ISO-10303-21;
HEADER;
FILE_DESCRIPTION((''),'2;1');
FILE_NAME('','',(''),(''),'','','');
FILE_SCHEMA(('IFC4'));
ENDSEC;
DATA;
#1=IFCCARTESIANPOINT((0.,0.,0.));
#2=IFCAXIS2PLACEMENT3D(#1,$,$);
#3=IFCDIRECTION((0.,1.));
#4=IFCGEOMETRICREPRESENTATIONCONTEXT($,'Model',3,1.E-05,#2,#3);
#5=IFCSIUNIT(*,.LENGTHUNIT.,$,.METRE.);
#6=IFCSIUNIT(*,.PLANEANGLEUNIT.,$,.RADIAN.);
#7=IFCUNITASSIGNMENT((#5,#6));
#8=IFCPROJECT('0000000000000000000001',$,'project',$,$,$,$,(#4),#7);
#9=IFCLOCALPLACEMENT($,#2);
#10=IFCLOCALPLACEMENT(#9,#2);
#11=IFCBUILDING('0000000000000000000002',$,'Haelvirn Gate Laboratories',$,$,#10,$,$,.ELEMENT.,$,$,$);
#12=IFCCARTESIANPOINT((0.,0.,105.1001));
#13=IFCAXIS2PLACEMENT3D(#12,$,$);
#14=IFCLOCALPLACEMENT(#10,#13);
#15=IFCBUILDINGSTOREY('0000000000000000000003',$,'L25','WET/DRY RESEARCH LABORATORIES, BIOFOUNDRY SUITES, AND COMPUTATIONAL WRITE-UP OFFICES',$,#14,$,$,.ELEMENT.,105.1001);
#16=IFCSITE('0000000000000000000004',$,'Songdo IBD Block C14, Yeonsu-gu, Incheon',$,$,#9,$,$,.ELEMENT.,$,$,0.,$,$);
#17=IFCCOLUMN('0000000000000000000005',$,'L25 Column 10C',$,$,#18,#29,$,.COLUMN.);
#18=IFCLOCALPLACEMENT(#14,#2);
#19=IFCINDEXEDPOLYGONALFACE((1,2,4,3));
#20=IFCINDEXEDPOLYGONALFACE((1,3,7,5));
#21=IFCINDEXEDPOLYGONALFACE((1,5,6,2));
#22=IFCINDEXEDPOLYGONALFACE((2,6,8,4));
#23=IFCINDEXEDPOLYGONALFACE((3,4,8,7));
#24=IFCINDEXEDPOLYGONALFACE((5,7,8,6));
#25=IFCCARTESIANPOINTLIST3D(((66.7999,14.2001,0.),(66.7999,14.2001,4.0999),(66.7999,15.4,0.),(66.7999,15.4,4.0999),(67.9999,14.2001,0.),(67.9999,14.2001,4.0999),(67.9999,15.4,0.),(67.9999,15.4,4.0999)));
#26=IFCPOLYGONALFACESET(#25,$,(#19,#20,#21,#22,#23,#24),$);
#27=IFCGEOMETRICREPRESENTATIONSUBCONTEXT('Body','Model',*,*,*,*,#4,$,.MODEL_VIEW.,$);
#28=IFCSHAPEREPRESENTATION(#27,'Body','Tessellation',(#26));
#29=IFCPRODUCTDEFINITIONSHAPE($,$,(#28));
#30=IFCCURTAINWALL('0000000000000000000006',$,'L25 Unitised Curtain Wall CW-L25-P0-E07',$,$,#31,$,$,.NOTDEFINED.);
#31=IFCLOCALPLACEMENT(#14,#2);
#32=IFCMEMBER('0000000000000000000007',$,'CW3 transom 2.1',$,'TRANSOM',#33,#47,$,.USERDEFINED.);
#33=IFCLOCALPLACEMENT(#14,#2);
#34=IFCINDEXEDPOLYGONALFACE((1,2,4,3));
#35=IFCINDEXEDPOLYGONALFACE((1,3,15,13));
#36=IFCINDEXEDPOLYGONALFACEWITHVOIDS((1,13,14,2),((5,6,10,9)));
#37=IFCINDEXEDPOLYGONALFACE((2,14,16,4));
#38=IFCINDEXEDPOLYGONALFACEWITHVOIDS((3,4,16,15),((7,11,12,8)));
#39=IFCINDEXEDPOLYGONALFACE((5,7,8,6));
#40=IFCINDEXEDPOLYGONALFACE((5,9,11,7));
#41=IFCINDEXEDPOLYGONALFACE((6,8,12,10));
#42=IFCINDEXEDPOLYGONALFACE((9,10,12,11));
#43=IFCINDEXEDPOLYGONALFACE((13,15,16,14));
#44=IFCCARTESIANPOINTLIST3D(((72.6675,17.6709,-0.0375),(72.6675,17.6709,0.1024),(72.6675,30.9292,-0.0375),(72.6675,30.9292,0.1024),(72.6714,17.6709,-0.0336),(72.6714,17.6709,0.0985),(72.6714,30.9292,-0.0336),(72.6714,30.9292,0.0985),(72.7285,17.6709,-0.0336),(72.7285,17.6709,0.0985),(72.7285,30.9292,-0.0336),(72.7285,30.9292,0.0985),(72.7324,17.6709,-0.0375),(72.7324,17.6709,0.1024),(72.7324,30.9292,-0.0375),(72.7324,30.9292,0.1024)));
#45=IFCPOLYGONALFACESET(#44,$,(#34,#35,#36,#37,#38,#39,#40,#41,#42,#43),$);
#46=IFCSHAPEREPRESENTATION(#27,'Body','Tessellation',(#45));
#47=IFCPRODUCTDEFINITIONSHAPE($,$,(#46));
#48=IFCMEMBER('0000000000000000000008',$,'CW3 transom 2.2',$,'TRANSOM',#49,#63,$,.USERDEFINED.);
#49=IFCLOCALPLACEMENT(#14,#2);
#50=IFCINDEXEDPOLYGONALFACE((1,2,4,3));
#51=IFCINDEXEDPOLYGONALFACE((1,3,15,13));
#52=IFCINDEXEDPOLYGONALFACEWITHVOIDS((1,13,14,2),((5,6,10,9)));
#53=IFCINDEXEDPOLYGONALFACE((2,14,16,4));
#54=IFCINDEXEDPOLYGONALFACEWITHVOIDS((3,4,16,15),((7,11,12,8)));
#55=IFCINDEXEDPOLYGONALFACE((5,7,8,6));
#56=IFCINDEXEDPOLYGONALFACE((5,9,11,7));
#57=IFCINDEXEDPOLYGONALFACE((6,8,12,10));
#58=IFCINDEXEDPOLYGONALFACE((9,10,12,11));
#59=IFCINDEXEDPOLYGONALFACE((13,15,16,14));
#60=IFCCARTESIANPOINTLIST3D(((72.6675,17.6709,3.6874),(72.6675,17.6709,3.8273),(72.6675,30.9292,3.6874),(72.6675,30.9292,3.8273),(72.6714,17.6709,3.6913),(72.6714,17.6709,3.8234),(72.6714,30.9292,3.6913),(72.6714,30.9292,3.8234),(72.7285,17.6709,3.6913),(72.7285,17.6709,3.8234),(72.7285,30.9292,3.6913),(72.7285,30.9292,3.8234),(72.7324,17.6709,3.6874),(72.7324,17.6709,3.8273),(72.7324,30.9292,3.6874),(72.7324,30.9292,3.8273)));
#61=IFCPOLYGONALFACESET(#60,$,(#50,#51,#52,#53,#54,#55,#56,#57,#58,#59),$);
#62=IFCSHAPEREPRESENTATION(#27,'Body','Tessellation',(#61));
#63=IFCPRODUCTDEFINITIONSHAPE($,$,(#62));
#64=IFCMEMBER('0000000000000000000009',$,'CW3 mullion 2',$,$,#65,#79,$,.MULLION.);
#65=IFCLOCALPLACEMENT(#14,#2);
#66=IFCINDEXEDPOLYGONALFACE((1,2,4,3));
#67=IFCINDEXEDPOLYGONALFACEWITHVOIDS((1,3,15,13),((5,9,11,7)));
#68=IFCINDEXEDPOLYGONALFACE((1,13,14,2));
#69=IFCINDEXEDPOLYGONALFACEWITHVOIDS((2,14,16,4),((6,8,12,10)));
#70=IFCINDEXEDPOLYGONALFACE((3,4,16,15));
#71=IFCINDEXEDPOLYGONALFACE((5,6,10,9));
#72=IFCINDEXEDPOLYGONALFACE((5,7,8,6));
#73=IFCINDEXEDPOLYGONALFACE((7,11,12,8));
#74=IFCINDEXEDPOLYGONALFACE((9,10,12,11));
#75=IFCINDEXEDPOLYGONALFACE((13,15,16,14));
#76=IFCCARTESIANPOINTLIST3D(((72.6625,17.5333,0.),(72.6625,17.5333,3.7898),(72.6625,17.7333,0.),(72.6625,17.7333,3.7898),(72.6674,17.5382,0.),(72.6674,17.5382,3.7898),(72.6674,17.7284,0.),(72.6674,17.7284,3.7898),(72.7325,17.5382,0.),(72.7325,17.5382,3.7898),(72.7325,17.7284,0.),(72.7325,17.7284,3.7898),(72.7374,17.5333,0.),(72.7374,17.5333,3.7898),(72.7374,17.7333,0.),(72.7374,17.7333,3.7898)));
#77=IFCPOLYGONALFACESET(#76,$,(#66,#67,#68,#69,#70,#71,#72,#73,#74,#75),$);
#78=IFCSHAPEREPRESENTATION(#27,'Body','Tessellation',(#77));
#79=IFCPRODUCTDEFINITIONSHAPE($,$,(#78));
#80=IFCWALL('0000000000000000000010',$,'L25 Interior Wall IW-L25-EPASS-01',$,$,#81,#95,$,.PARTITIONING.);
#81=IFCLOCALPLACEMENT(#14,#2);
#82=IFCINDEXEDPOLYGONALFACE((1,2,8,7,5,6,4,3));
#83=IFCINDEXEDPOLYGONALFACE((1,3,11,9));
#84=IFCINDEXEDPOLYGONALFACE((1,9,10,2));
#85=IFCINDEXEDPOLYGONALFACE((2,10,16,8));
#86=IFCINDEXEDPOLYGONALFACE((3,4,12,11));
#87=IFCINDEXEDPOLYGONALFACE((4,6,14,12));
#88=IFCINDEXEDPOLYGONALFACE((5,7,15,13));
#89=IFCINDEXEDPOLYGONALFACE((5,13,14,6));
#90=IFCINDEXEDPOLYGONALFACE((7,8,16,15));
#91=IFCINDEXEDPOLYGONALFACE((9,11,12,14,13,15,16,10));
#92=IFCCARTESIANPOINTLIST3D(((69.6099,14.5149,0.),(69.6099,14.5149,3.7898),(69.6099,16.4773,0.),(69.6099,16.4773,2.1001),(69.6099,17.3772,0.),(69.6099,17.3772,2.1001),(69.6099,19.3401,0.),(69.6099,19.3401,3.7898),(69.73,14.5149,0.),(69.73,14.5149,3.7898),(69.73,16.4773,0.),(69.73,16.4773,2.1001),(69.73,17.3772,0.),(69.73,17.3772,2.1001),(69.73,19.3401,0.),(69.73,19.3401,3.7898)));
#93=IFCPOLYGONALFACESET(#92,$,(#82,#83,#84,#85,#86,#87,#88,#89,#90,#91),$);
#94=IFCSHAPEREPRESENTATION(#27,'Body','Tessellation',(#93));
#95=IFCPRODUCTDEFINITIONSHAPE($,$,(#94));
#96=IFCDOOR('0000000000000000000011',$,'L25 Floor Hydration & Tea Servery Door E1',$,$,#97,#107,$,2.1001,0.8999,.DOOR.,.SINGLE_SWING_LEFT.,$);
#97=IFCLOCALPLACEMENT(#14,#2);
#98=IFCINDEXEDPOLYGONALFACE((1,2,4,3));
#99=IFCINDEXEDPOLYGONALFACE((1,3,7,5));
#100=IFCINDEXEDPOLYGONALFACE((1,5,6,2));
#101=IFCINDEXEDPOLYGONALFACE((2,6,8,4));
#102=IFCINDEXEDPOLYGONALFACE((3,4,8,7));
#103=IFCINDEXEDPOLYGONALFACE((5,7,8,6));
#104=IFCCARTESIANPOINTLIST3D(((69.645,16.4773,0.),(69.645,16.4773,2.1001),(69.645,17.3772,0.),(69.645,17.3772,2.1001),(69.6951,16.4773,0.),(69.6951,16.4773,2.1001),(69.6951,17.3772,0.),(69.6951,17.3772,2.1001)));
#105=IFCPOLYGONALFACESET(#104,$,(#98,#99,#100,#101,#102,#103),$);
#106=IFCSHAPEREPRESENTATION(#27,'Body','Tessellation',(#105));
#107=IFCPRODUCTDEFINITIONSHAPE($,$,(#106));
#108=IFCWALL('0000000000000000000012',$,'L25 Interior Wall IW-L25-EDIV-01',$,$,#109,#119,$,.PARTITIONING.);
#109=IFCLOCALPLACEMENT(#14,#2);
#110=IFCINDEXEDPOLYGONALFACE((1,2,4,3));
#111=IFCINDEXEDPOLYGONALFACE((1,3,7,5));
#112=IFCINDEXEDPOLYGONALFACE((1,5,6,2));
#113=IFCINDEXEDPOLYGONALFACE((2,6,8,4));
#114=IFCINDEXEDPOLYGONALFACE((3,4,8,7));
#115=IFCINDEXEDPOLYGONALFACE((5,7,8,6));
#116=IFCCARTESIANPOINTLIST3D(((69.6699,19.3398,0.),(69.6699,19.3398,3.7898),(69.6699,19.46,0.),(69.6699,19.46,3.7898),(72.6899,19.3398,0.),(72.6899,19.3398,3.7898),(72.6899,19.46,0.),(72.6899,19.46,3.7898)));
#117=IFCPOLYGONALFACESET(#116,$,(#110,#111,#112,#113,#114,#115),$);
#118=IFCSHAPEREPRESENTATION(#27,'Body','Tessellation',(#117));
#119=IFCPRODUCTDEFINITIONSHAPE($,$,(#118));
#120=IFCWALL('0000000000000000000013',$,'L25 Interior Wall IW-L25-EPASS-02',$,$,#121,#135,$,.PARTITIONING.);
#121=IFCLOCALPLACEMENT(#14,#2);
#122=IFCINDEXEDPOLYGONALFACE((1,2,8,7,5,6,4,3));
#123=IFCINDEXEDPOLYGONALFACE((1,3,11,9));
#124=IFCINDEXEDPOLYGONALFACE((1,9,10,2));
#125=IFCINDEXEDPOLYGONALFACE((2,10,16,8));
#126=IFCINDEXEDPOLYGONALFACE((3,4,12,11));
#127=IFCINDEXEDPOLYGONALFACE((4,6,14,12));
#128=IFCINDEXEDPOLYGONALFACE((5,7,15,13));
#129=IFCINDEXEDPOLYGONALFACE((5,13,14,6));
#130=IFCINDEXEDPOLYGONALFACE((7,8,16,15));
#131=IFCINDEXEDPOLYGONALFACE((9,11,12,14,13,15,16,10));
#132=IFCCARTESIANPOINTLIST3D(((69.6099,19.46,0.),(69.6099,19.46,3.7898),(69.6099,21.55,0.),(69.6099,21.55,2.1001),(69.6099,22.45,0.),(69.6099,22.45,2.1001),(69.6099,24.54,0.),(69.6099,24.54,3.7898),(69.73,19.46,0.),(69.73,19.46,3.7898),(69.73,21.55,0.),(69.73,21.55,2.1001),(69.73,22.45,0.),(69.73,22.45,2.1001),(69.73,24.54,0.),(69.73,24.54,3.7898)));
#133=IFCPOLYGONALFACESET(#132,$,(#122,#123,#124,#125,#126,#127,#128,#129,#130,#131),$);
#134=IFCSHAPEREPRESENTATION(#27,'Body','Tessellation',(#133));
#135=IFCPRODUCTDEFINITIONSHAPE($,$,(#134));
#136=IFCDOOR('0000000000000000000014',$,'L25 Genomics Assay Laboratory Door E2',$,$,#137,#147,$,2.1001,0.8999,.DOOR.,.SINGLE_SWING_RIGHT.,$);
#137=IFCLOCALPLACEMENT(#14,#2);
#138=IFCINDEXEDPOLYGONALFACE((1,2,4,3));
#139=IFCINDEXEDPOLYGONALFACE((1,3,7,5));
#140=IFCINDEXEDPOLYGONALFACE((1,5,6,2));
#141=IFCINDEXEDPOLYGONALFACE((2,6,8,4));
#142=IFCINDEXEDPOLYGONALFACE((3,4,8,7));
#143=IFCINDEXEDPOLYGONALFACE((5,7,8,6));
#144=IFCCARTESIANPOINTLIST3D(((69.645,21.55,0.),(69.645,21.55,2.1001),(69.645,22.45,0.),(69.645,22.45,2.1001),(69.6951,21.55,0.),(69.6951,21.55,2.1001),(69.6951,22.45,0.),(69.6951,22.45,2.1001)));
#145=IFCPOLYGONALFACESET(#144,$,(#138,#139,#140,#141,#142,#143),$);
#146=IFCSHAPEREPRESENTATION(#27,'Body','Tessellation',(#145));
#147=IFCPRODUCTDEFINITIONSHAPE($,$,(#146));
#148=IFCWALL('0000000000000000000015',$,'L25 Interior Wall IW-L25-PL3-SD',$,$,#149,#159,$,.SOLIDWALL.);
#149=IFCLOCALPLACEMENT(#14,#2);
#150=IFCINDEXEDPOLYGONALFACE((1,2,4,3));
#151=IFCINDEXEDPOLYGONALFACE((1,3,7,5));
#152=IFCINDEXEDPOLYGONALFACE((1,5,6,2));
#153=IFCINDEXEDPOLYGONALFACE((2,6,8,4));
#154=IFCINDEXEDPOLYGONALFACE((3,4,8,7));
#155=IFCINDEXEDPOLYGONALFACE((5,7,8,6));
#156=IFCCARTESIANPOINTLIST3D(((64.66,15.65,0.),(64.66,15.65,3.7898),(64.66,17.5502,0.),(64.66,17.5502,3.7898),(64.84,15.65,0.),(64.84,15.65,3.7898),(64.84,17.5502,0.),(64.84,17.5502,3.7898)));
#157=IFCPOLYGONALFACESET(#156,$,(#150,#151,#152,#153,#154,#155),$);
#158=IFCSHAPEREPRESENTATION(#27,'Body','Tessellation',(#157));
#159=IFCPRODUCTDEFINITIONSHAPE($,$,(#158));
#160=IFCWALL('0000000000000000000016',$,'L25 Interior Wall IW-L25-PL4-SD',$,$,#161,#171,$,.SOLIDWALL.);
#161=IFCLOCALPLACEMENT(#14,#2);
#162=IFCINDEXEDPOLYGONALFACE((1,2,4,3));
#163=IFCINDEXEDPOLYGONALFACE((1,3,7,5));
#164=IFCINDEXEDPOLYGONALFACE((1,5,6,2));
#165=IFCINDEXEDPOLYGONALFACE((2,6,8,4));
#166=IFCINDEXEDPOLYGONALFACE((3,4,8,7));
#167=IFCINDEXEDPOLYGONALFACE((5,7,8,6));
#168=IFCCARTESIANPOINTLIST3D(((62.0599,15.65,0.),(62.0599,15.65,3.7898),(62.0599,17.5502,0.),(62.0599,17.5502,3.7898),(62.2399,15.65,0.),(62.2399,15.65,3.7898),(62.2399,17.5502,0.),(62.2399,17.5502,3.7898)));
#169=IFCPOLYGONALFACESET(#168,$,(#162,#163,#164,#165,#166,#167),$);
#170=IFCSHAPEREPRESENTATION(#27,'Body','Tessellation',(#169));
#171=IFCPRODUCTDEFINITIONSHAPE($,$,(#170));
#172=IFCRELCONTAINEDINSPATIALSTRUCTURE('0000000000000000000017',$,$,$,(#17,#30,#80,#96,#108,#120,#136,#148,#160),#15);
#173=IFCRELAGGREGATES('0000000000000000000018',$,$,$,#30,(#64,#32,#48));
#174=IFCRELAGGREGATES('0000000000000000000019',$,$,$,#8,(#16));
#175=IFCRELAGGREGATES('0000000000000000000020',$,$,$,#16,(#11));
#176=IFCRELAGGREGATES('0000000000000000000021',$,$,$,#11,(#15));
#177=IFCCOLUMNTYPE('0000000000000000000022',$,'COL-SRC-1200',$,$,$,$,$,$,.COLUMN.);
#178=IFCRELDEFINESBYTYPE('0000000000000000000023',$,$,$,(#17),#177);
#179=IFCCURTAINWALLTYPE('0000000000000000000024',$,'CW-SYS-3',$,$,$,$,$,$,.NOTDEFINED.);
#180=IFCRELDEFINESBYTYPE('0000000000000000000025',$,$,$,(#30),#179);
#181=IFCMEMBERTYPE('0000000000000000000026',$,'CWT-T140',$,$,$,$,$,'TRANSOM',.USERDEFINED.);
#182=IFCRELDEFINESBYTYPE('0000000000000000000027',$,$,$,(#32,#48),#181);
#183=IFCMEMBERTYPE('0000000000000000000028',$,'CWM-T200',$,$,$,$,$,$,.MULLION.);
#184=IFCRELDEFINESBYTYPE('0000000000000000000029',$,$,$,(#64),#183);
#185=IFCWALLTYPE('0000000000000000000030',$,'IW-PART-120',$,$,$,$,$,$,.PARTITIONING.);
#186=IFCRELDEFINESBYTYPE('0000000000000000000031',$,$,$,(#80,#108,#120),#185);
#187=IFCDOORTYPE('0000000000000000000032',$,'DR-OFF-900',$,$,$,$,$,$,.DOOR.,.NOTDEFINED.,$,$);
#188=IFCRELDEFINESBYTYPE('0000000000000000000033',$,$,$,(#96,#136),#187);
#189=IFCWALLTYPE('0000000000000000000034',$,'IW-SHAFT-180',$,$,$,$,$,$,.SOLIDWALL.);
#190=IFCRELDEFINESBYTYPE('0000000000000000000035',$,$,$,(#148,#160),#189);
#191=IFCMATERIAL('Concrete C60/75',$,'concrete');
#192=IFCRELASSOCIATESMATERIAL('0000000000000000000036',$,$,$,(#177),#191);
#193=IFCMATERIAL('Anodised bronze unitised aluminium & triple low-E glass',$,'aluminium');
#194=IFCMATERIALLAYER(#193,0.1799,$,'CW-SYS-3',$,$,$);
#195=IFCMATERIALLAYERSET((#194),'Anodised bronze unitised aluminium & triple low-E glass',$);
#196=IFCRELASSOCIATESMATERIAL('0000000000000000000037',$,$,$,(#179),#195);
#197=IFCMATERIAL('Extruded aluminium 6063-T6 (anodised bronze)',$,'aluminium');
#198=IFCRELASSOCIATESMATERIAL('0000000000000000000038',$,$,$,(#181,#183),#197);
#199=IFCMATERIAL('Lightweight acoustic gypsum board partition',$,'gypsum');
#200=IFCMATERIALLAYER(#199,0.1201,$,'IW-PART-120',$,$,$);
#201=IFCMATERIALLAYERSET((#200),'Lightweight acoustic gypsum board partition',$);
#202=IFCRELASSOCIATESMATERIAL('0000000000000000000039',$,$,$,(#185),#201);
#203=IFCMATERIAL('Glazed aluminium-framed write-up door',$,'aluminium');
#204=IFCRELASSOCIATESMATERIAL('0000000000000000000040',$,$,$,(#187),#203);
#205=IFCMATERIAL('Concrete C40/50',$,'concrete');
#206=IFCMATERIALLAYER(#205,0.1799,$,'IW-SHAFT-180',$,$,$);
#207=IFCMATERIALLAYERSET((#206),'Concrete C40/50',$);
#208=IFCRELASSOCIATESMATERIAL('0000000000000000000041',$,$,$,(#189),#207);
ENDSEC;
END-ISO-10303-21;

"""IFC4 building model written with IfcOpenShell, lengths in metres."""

from ifc_helpers import new_model, si_unit, direction, frame, frame_2d, origin, origin_2d, place, context, subcontext, project, spatial, rectangle, hollow_rectangle, extrude, source, transform, mapped, material, layer, layer_set, material_profile, profile_set, type_object, type_shapes, element, fill, aggregate, save


model = new_model("IFC4")

# Units and contexts
model_context = context("Model", 3, precision=1e-05, world=origin(), true_north=direction((0.0, 1.0)))
body_context = subcontext(model_context, "Body", "Model", "MODEL_VIEW")
ifc_project = project(units=[si_unit("LENGTHUNIT", "METRE"), si_unit("PLANEANGLEUNIT", "RADIAN")], contexts=[model_context])

# Site, building, storey
site_placement = place(None, origin())
site = spatial("IfcSite", under=ifc_project, at=site_placement, Name="Songdo IBD Block C14, Yeonsu-gu, Incheon", CompositionType="ELEMENT", RefElevation=0.0)
building_placement = place(site_placement, origin())
building = spatial("IfcBuilding", under=site, at=building_placement, Name="Haelvirn Gate Laboratories", CompositionType="ELEMENT")
storey_placement = place(building_placement, frame((0.0, 0.0, 105.1001)))
storey = spatial("IfcBuildingStorey", under=building, at=storey_placement, Name="L25", Description="WET/DRY RESEARCH LABORATORIES, BIOFOUNDRY SUITES, AND COMPUTATIONAL WRITE-UP OFFICES", CompositionType="ELEMENT", Elevation=105.1001)

# Column
ifc_material_1 = material(Name="Concrete C60/75", Category="concrete")
ifc_material_profile_1 = material_profile(ifc_material_1, rectangle(XDim=1.2, YDim=1.2, at=origin_2d()), Name="SRC-1200x1200")
ifc_profile_set_1 = profile_set([ifc_material_profile_1], Name="Concrete C60/75")
column_type = type_object("IfcColumnType", Name="COL-SRC-1200", PredefinedType="COLUMN", material=ifc_profile_set_1)
shared_shape_1 = source(origin(), body_context, "Body", "SweptSolid", [
    extrude(rectangle(XDim=1.2, YDim=1.2, at=origin_2d()), origin(), (0.0, 0.0, 1.0), 4.0999),
])
type_shapes(column_type, [shared_shape_1])
column_placement = place(storey_placement, frame((67.3999, 14.8, 0.0), z_axis=(0.0, 0.0, 1.0), x_axis=(1.0, 0.0, 0.0)))
element("IfcColumn", 1, at=column_placement, inside=storey, type_object=column_type, Name="L25 Column 10C", PredefinedType="COLUMN", context=body_context, shape_type="MappedRepresentation", body=[
    mapped(shared_shape_1, transform((0.0, 0.0, 0.0), scale=1.0)),
])

# Curtain wall, members
ifc_material_2 = material(Name="Anodised bronze unitised aluminium & triple low-E glass", Category="aluminium")
ifc_layer_1 = layer(ifc_material_2, 0.1799, Name="CW-SYS-3")
ifc_layer_set_1 = layer_set([ifc_layer_1], Name="Anodised bronze unitised aluminium & triple low-E glass")
curtain_wall_type = type_object("IfcCurtainWallType", Name="CW-SYS-3", PredefinedType="NOTDEFINED", material=ifc_layer_set_1)
curtain_wall_placement = place(storey_placement, origin())
curtain_wall = element("IfcCurtainWall", 2, at=curtain_wall_placement, inside=storey, type_object=curtain_wall_type, Name="L25 Unitised Curtain Wall CW-L25-P0-E07", PredefinedType="NOTDEFINED")
ifc_material_3 = material(Name="Extruded aluminium 6063-T6 (anodised bronze)", Category="aluminium")
ifc_material_profile_2 = material_profile(ifc_material_3, hollow_rectangle(XDim=0.0649, YDim=0.1399, WallThickness=0.0039, at=origin_2d()), Name="CWT-140x65x4")
ifc_profile_set_2 = profile_set([ifc_material_profile_2], Name="Extruded aluminium 6063-T6 (anodised bronze)")
member_type_1 = type_object("IfcMemberType", Name="CWT-T140", ElementType="TRANSOM", PredefinedType="USERDEFINED", material=ifc_profile_set_2)
shared_shape_2 = source(origin(), body_context, "Body", "SweptSolid", [
    extrude(hollow_rectangle(XDim=0.0649, YDim=0.1399, WallThickness=0.0039, at=origin_2d()), origin(), (0.0, 0.0, 1.0), 13.2583),
])
type_shapes(member_type_1, [shared_shape_2])
member_1_placement = place(storey_placement, frame((72.7, 17.6709, 0.0325), z_axis=(0.0, 1.0, 0.0), x_axis=(-1.0, 0.0, 0.0)))
member_1 = element("IfcMember", 3, at=member_1_placement, type_object=member_type_1, Name="CW3 transom 2.1", ObjectType="TRANSOM", PredefinedType="USERDEFINED", context=body_context, shape_type="MappedRepresentation", body=[
    mapped(shared_shape_2, transform((0.0, 0.0, 0.0), scale=1.0)),
])
member_2_placement = place(storey_placement, frame((72.7, 17.6709, 3.7573), z_axis=(0.0, 1.0, 0.0), x_axis=(-1.0, 0.0, 0.0)))
member_2 = element("IfcMember", 4, at=member_2_placement, type_object=member_type_1, Name="CW3 transom 2.2", ObjectType="TRANSOM", PredefinedType="USERDEFINED", context=body_context, shape_type="MappedRepresentation", body=[
    mapped(shared_shape_2, transform((0.0, 0.0, 0.0), scale=1.0)),
])
ifc_material_profile_3 = material_profile(ifc_material_3, hollow_rectangle(XDim=0.075, YDim=0.2, WallThickness=0.0049, at=origin_2d()), Name="CWM-200x75x5")
ifc_profile_set_3 = profile_set([ifc_material_profile_3], Name="Extruded aluminium 6063-T6 (anodised bronze)")
member_type_2 = type_object("IfcMemberType", Name="CWM-T200", PredefinedType="MULLION", material=ifc_profile_set_3)
shared_shape_3 = source(origin(), body_context, "Body", "SweptSolid", [
    extrude(hollow_rectangle(XDim=0.075, YDim=0.2, WallThickness=0.0049, at=origin_2d()), origin(), (0.0, 0.0, 1.0), 3.7898),
])
type_shapes(member_type_2, [shared_shape_3])
member_3_placement = place(storey_placement, frame((72.7, 17.6333, 0.0), z_axis=(0.0, 0.0, 1.0), x_axis=(-1.0, 0.0, 0.0)))
member_3 = element("IfcMember", 5, at=member_3_placement, type_object=member_type_2, Name="CW3 mullion 2", PredefinedType="MULLION", context=body_context, shape_type="MappedRepresentation", body=[
    mapped(shared_shape_3, transform((0.0, 0.0, 0.0), scale=1.0)),
])
aggregate(curtain_wall, [member_3, member_1, member_2])

# Wall, opening, door
ifc_material_4 = material(Name="Lightweight acoustic gypsum board partition", Category="gypsum")
ifc_layer_2 = layer(ifc_material_4, 0.1201, Name="IW-PART-120")
ifc_layer_set_2 = layer_set([ifc_layer_2], Name="Lightweight acoustic gypsum board partition")
wall_type_1 = type_object("IfcWallType", Name="IW-PART-120", PredefinedType="PARTITIONING", material=ifc_layer_set_2)
wall_1_placement = place(storey_placement, frame((69.6699, 14.5149, 0.0), z_axis=(0.0, 0.0, 1.0), x_axis=(0.0, 1.0, 0.0)))
wall_1 = element("IfcWall", 6, at=wall_1_placement, inside=storey, type_object=wall_type_1, Name="L25 Interior Wall IW-L25-EPASS-01", PredefinedType="PARTITIONING", context=body_context, shape_type="SweptSolid", body=[
    extrude(rectangle(XDim=4.8252, YDim=0.1201, at=frame_2d((2.4126, 0.0))), origin(), (0.0, 0.0, 1.0), 3.7898),
])
opening_1_placement = place(wall_1_placement, frame((1.9624, 0.0, 0.0)))
opening_1 = element("IfcOpeningElement", 7, at=opening_1_placement, cuts=wall_1, PredefinedType="OPENING", context=body_context, shape_type="SweptSolid", body=[
    extrude(rectangle(XDim=0.8999, YDim=2.1001, at=frame_2d((0.45, 1.05))), frame((0.0, 0.0701, 0.0), z_axis=(0.0, -1.0, 0.0), x_axis=(1.0, 0.0, 0.0)), (0.0, 0.0, 1.0), 0.1401),
])
ifc_material_5 = material(Name="Glazed aluminium-framed write-up door", Category="aluminium")
door_type = type_object("IfcDoorType", Name="DR-OFF-900", OperationType="NOTDEFINED", PredefinedType="DOOR", material=ifc_material_5)
shared_shape_4 = source(origin(), body_context, "Body", "SweptSolid", [
    extrude(rectangle(XDim=0.8999, YDim=2.1001, at=frame_2d((0.45, 1.05))), frame((0.0, 0.0249, 0.0), z_axis=(0.0, -1.0, 0.0), x_axis=(1.0, 0.0, 0.0)), (0.0, 0.0, 1.0), 0.05),
])
type_shapes(door_type, [shared_shape_4])
door_1_placement = place(opening_1_placement, origin())
door_1 = element("IfcDoor", 8, at=door_1_placement, inside=storey, type_object=door_type, Name="L25 Floor Hydration & Tea Servery Door E1", OperationType="SINGLE_SWING_LEFT", OverallHeight=2.1001, OverallWidth=0.8999, PredefinedType="DOOR", context=body_context, shape_type="MappedRepresentation", body=[
    mapped(shared_shape_4, transform((0.0, 0.0, 0.0), scale=1.0)),
])
fill(opening_1, door_1)

# Wall
wall_2_placement = place(storey_placement, frame((69.6699, 19.3999, 0.0), z_axis=(0.0, 0.0, 1.0), x_axis=(1.0, 0.0, 0.0)))
element("IfcWall", 9, at=wall_2_placement, inside=storey, type_object=wall_type_1, Name="L25 Interior Wall IW-L25-EDIV-01", PredefinedType="PARTITIONING", context=body_context, shape_type="SweptSolid", body=[
    extrude(rectangle(XDim=3.02, YDim=0.1201, at=frame_2d((1.51, 0.0))), origin(), (0.0, 0.0, 1.0), 3.7898),
])

# Wall, opening, door
wall_3_placement = place(storey_placement, frame((69.6699, 19.46, 0.0), z_axis=(0.0, 0.0, 1.0), x_axis=(0.0, 1.0, 0.0)))
wall_3 = element("IfcWall", 10, at=wall_3_placement, inside=storey, type_object=wall_type_1, Name="L25 Interior Wall IW-L25-EPASS-02", PredefinedType="PARTITIONING", context=body_context, shape_type="SweptSolid", body=[
    extrude(rectangle(XDim=5.0801, YDim=0.1201, at=frame_2d((2.54, 0.0))), origin(), (0.0, 0.0, 1.0), 3.7898),
])
opening_2_placement = place(wall_3_placement, frame((2.0901, 0.0, 0.0)))
opening_2 = element("IfcOpeningElement", 11, at=opening_2_placement, cuts=wall_3, PredefinedType="OPENING", context=body_context, shape_type="SweptSolid", body=[
    extrude(rectangle(XDim=0.8999, YDim=2.1001, at=frame_2d((0.45, 1.05))), frame((0.0, 0.0701, 0.0), z_axis=(0.0, -1.0, 0.0), x_axis=(1.0, 0.0, 0.0)), (0.0, 0.0, 1.0), 0.1401),
])
door_2_placement = place(opening_2_placement, origin())
door_2 = element("IfcDoor", 12, at=door_2_placement, inside=storey, type_object=door_type, Name="L25 Genomics Assay Laboratory Door E2", OperationType="SINGLE_SWING_RIGHT", OverallHeight=2.1001, OverallWidth=0.8999, PredefinedType="DOOR", context=body_context, shape_type="MappedRepresentation", body=[
    mapped(shared_shape_4, transform((0.0, 0.0, 0.0), scale=1.0)),
])
fill(opening_2, door_2)

# Walls
ifc_material_6 = material(Name="Concrete C40/50", Category="concrete")
ifc_layer_3 = layer(ifc_material_6, 0.1799, Name="IW-SHAFT-180")
ifc_layer_set_3 = layer_set([ifc_layer_3], Name="Concrete C40/50")
wall_type_2 = type_object("IfcWallType", Name="IW-SHAFT-180", PredefinedType="SOLIDWALL", material=ifc_layer_set_3)
for number, where, z_axis, x_axis, name in (
    (13, (64.75, 15.6499, 0.0), (0.0, 0.0, 1.0), (0.0, 1.0, 0.0), "L25 Interior Wall IW-L25-PL3-SD"),
    (14, (62.1499, 15.6499, 0.0), (0.0, 0.0, 1.0), (0.0, 1.0, 0.0), "L25 Interior Wall IW-L25-PL4-SD"),
):
    element("IfcWall", number, at=place(storey_placement, frame(where, z_axis=z_axis, x_axis=x_axis)), inside=storey, type_object=wall_type_2, Name=name, PredefinedType="SOLIDWALL", context=body_context, shape_type="SweptSolid", body=[
        extrude(rectangle(XDim=1.9001, YDim=0.1799, at=frame_2d((0.9502, 0.0))), origin(), (0.0, 0.0, 1.0), 3.7898),
    ])

save(model, "model.ifc")
